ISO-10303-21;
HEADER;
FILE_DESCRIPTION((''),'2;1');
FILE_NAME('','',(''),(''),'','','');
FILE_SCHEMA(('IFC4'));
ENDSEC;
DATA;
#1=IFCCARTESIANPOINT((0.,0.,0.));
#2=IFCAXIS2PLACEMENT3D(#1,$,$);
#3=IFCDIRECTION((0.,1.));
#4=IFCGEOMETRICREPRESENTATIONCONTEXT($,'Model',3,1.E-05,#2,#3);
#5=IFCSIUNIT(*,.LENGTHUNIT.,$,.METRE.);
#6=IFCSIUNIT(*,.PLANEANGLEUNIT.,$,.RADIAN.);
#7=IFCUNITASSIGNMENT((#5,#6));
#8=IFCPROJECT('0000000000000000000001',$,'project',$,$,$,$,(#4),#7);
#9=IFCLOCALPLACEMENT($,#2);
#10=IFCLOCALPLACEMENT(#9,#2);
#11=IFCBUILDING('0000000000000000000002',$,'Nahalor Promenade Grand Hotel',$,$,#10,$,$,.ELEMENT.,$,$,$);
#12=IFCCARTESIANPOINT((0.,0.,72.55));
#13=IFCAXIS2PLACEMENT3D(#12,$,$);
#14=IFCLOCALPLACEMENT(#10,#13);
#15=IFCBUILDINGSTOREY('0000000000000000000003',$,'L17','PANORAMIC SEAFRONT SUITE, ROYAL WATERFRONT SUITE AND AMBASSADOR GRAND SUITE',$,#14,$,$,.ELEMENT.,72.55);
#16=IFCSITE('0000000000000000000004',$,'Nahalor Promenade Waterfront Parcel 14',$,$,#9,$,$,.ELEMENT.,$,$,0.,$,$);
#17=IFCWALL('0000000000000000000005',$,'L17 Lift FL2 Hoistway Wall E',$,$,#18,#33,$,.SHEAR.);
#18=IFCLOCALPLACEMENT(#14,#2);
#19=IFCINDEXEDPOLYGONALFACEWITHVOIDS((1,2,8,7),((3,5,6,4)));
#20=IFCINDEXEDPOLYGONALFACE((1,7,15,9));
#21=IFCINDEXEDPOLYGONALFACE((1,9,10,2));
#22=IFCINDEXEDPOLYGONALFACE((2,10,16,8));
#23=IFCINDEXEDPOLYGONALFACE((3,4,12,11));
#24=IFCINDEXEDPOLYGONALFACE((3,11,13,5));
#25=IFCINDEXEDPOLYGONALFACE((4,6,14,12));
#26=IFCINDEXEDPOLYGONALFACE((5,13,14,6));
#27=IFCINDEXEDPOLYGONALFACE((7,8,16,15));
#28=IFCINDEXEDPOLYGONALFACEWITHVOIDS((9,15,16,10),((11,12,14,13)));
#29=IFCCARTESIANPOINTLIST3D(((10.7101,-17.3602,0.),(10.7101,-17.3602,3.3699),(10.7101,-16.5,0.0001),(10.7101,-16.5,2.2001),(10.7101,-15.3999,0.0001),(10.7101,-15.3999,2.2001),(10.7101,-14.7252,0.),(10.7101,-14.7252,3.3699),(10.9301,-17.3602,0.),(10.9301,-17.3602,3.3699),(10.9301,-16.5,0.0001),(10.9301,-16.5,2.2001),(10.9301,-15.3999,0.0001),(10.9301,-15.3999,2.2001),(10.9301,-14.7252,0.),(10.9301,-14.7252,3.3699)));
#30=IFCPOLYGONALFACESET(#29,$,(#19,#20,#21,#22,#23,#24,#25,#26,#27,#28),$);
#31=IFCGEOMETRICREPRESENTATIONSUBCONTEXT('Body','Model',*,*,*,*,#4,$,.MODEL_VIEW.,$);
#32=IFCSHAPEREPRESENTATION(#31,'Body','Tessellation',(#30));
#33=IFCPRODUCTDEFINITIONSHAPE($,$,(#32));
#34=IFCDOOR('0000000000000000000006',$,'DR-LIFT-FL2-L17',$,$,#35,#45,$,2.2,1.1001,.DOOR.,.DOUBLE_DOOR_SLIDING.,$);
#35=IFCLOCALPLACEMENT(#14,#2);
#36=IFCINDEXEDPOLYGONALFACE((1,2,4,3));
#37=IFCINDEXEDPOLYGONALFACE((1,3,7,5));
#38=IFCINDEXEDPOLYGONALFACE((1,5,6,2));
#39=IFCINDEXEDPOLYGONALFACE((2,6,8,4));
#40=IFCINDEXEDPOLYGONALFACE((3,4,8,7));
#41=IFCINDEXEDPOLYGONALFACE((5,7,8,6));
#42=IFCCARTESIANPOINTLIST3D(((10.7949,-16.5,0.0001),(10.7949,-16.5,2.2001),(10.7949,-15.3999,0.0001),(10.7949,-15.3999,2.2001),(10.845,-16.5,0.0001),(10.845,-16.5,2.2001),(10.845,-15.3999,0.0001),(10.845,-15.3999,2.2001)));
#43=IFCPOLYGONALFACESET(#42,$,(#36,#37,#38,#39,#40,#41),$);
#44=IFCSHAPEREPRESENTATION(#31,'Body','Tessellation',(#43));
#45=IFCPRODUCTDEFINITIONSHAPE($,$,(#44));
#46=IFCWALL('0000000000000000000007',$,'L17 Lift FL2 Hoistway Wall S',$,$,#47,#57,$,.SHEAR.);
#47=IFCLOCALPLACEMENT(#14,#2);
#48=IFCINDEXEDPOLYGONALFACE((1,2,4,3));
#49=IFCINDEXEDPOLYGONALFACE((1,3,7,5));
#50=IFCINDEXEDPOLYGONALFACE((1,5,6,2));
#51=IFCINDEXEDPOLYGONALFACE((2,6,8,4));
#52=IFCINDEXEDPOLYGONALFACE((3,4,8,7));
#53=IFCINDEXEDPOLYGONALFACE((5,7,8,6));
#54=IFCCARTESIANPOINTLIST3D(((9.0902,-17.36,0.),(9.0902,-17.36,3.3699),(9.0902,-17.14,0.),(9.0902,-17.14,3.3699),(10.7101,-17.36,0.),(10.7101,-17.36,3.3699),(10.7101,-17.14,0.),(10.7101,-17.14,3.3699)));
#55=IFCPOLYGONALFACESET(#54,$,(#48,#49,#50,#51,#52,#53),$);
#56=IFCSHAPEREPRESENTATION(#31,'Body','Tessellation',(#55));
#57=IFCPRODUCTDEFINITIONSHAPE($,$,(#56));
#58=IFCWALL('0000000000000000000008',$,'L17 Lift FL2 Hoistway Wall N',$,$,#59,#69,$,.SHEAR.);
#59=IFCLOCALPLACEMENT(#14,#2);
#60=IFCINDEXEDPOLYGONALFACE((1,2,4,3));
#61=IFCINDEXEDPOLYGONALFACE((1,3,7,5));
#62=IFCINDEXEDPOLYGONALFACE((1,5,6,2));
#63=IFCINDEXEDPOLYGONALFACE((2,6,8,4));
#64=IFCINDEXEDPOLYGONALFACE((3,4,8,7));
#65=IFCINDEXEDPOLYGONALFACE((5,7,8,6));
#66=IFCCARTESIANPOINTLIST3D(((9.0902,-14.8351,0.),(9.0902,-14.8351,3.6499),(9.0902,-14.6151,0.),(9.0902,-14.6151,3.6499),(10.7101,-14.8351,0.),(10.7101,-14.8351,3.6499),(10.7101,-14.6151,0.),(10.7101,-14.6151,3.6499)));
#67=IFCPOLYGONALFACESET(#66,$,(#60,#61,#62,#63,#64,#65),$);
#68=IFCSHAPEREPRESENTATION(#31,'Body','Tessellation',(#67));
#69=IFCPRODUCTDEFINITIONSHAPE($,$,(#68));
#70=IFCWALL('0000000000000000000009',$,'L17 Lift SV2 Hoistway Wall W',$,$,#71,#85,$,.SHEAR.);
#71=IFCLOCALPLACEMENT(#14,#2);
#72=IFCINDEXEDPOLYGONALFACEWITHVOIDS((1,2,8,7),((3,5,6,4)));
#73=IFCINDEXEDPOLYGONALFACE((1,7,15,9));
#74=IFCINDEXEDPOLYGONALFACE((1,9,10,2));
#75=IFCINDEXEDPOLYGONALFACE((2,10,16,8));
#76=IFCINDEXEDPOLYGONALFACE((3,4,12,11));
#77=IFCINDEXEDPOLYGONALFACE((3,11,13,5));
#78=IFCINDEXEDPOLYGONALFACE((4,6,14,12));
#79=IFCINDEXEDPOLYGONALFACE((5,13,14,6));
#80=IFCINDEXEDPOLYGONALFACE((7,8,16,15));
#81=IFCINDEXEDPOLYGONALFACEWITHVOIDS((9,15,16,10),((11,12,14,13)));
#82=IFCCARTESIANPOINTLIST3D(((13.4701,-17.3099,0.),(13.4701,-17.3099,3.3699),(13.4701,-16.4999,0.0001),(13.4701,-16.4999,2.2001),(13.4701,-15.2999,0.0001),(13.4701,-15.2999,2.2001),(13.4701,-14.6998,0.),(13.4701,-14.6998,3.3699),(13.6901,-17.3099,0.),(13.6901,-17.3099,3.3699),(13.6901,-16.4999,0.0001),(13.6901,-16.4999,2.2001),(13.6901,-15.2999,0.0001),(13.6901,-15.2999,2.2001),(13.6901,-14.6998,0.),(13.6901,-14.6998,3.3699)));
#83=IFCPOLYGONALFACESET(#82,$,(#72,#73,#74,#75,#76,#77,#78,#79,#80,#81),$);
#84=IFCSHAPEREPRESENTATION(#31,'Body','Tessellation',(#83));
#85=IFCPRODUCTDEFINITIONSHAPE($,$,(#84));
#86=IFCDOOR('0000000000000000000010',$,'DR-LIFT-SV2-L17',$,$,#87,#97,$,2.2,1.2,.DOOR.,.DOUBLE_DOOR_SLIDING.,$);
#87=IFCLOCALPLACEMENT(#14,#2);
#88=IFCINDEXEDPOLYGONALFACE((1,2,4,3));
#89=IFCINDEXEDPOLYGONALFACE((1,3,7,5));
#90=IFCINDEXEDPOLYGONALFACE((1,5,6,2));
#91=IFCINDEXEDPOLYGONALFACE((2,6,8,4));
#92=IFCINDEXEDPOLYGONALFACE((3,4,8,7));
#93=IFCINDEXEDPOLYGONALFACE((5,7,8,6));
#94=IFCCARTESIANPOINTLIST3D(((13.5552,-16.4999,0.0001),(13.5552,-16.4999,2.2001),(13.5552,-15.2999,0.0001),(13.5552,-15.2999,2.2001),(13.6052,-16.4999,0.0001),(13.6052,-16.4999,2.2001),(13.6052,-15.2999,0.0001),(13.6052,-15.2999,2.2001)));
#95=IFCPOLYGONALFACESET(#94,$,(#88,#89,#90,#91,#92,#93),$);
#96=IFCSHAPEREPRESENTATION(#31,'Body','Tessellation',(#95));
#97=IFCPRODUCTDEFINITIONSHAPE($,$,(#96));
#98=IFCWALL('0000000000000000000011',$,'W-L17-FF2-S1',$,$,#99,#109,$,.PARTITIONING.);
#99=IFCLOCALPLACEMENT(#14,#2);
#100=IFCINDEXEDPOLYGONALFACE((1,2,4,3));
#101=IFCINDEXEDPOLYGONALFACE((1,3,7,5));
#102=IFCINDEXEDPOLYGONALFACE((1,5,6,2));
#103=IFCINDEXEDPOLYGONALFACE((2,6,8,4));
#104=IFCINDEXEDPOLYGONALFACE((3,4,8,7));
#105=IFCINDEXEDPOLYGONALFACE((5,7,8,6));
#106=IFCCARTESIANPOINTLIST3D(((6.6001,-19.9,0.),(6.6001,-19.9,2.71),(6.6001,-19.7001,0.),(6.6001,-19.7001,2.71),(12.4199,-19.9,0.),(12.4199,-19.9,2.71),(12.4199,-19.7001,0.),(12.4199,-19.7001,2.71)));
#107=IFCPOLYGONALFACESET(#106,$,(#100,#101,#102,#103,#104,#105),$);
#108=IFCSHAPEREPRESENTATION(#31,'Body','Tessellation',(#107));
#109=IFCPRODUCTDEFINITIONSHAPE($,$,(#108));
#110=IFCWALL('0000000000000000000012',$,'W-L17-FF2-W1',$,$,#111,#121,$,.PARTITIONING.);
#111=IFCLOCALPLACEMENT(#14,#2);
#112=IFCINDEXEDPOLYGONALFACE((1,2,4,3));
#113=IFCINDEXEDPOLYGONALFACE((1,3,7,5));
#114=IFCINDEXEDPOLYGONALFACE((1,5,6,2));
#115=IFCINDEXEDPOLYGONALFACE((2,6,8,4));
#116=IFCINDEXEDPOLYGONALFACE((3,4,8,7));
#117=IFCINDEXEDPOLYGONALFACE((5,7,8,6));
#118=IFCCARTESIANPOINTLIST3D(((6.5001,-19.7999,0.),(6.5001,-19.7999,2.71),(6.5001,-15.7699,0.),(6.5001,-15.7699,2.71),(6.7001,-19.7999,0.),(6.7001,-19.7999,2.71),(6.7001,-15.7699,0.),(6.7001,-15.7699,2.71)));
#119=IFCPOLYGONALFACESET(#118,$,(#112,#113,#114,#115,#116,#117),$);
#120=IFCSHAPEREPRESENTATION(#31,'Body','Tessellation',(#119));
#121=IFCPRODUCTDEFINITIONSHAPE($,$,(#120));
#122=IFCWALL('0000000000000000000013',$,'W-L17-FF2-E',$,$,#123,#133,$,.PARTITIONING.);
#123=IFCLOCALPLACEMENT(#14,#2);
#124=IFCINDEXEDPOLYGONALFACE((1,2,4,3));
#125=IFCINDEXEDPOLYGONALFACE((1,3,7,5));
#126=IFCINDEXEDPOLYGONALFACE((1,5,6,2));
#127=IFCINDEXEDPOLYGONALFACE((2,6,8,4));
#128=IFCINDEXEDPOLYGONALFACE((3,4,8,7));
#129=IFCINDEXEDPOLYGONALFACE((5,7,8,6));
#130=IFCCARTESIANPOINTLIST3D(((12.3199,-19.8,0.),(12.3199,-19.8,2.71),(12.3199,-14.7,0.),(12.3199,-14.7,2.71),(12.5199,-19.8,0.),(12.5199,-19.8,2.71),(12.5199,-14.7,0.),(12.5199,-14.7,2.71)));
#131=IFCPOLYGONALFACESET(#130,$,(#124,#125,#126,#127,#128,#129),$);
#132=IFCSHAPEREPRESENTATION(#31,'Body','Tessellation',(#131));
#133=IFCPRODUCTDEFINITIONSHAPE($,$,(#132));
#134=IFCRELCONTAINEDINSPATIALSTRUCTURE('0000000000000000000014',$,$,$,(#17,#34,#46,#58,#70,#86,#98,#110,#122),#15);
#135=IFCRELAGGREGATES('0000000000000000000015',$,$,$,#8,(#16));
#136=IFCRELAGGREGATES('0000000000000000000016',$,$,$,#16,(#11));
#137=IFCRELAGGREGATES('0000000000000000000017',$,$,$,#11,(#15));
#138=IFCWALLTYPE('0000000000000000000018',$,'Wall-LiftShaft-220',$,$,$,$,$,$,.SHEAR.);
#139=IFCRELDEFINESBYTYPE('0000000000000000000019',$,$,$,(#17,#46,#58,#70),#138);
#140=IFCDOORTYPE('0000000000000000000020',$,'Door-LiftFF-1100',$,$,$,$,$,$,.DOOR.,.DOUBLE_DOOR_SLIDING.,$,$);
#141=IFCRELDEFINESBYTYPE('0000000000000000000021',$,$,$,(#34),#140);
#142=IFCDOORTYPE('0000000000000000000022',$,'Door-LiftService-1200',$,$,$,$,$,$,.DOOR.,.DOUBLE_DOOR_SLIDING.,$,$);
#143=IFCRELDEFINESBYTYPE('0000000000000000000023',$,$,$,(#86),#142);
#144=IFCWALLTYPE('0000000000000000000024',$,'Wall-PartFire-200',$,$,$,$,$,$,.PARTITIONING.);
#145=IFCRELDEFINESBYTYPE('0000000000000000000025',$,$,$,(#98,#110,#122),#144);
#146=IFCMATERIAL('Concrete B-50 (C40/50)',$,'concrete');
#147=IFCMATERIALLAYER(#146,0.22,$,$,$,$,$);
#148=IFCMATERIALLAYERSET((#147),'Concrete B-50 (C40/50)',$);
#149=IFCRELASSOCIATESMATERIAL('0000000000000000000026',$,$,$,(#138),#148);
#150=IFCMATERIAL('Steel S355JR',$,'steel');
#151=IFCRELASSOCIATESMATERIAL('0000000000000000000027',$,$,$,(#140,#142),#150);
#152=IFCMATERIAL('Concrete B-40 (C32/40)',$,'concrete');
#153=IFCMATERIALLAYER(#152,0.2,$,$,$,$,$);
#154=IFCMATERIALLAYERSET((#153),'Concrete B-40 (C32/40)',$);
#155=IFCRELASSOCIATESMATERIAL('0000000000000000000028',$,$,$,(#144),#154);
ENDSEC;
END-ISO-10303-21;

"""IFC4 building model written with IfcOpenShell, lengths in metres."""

from ifc_helpers import new_model, si_unit, direction, frame, frame_2d, origin, place, context, subcontext, project, spatial, rectangle, extrude, source, transform, mapped, material, layer, layer_set, type_object, element, fill, save


model = new_model("IFC4")

# Units and contexts
model_context = context("Model", 3, precision=1e-05, world=origin(), true_north=direction((0.0, 1.0)))
body_context = subcontext(model_context, "Body", "Model", "MODEL_VIEW")
ifc_project = project(units=[si_unit("LENGTHUNIT", "METRE"), si_unit("PLANEANGLEUNIT", "RADIAN")], contexts=[model_context])

# Site, building, storey
site_placement = place(None, origin())
site = spatial("IfcSite", under=ifc_project, at=site_placement, Name="Nahalor Promenade Waterfront Parcel 14", CompositionType="ELEMENT", RefElevation=0.0)
building_placement = place(site_placement, origin())
building = spatial("IfcBuilding", under=site, at=building_placement, Name="Nahalor Promenade Grand Hotel", CompositionType="ELEMENT")
storey_placement = place(building_placement, frame((0.0, 0.0, 72.55)))
storey = spatial("IfcBuildingStorey", under=building, at=storey_placement, Name="L17", Description="PANORAMIC SEAFRONT SUITE, ROYAL WATERFRONT SUITE AND AMBASSADOR GRAND SUITE", CompositionType="ELEMENT", Elevation=72.55)

# Shared definitions
ifc_material_1 = material(Name="Steel S355JR", Category="steel")

# Shared definitions
ifc_material_2 = material(Name="Concrete B-50 (C40/50)", Category="concrete")

# Shared definitions
ifc_layer_1 = layer(ifc_material_2, 0.22)
ifc_layer_set_1 = layer_set([ifc_layer_1], Name="Concrete B-50 (C40/50)")
wall_type_1 = type_object("IfcWallType", Name="Wall-LiftShaft-220", PredefinedType="SHEAR", material=ifc_layer_set_1)
shared_shape_1 = source(origin(), body_context, "Body", "SweptSolid", [
    extrude(rectangle(XDim=2.635, YDim=0.22, at=frame_2d((1.3174, 0.0))), origin(), (0.0, 0.0, 1.0), 3.3699),
])

# Wall, opening, door
wall_1_placement = place(storey_placement, frame((10.8201, -17.3601, 0.0), z_axis=(0.0, 0.0, 1.0), x_axis=(0.0, 1.0, 0.0)))
wall_1 = element("IfcWall", 1, at=wall_1_placement, inside=storey, type_object=wall_type_1, Name="L17 Lift FL2 Hoistway Wall E", PredefinedType="SHEAR", context=body_context, shape_type="MappedRepresentation", body=[
    mapped(shared_shape_1, transform((0.0, 0.0, 0.0), scale=1.0)),
])
opening_1_placement = place(wall_1_placement, frame((0.8601, 0.0, 0.0)))
opening_1 = element("IfcOpeningElement", 2, at=opening_1_placement, cuts=wall_1, PredefinedType="OPENING", context=body_context, shape_type="SweptSolid", body=[
    extrude(rectangle(XDim=1.1001, YDim=2.2, at=frame_2d((0.55, 1.1001))), frame((0.0, 0.1199, 0.0), z_axis=(0.0, -1.0, 0.0), x_axis=(1.0, 0.0, 0.0)), (0.0, 0.0, 1.0), 0.24),
])
door_type_1 = type_object("IfcDoorType", Name="Door-LiftFF-1100", OperationType="DOUBLE_DOOR_SLIDING", PredefinedType="DOOR", material=ifc_material_1)
shared_shape_2 = source(origin(), body_context, "Body", "SweptSolid", [
    extrude(rectangle(XDim=1.1001, YDim=2.2, at=frame_2d((0.55, 1.1001))), frame((0.0, 0.0249, 0.0), z_axis=(0.0, -1.0, 0.0), x_axis=(1.0, 0.0, 0.0)), (0.0, 0.0, 1.0), 0.05),
])
door_1_placement = place(opening_1_placement, frame((1.1001, 0.0, 0.0), z_axis=(0.0, 0.0, 1.0), x_axis=(-1.0, 0.0, 0.0)))
door_1 = element("IfcDoor", 3, at=door_1_placement, inside=storey, type_object=door_type_1, Name="DR-LIFT-FL2-L17", OperationType="DOUBLE_DOOR_SLIDING", OverallHeight=2.2, OverallWidth=1.1001, PredefinedType="DOOR", context=body_context, shape_type="MappedRepresentation", body=[
    mapped(shared_shape_2, transform((0.0, 0.0, 0.0), scale=1.0)),
])
fill(opening_1, door_1)

# Walls
shared_shape_3 = source(origin(), body_context, "Body", "SweptSolid", [
    extrude(rectangle(XDim=1.6199, YDim=0.22, at=frame_2d((0.8101, 0.0))), origin(), (0.0, 0.0, 1.0), 3.3699),
])
wall_2_placement = place(storey_placement, frame((9.0901, -17.25, 0.0), z_axis=(0.0, 0.0, 1.0), x_axis=(1.0, 0.0, 0.0)))
element("IfcWall", 4, at=wall_2_placement, inside=storey, type_object=wall_type_1, Name="L17 Lift FL2 Hoistway Wall S", PredefinedType="SHEAR", context=body_context, shape_type="MappedRepresentation", body=[
    mapped(shared_shape_3, transform((0.0, 0.0, 0.0), scale=1.0)),
])
shared_shape_4 = source(origin(), body_context, "Body", "SweptSolid", [
    extrude(rectangle(XDim=1.6199, YDim=0.22, at=frame_2d((0.8101, 0.0))), origin(), (0.0, 0.0, 1.0), 3.6499),
])
wall_3_placement = place(storey_placement, frame((9.0901, -14.7251, 0.0), z_axis=(0.0, 0.0, 1.0), x_axis=(1.0, 0.0, 0.0)))
element("IfcWall", 5, at=wall_3_placement, inside=storey, type_object=wall_type_1, Name="L17 Lift FL2 Hoistway Wall N", PredefinedType="SHEAR", context=body_context, shape_type="MappedRepresentation", body=[
    mapped(shared_shape_4, transform((0.0, 0.0, 0.0), scale=1.0)),
])

# Wall, opening, door
shared_shape_5 = source(origin(), body_context, "Body", "SweptSolid", [
    extrude(rectangle(XDim=2.6101, YDim=0.22, at=frame_2d((1.3052, 0.0))), origin(), (0.0, 0.0, 1.0), 3.3699),
])
wall_4_placement = place(storey_placement, frame((13.5801, -17.3101, 0.0), z_axis=(0.0, 0.0, 1.0), x_axis=(0.0, 1.0, 0.0)))
wall_4 = element("IfcWall", 6, at=wall_4_placement, inside=storey, type_object=wall_type_1, Name="L17 Lift SV2 Hoistway Wall W", PredefinedType="SHEAR", context=body_context, shape_type="MappedRepresentation", body=[
    mapped(shared_shape_5, transform((0.0, 0.0, 0.0), scale=1.0)),
])
opening_2_placement = place(wall_4_placement, frame((0.8101, 0.0, 0.0)))
opening_2 = element("IfcOpeningElement", 7, at=opening_2_placement, cuts=wall_4, PredefinedType="OPENING", context=body_context, shape_type="SweptSolid", body=[
    extrude(rectangle(XDim=1.2, YDim=2.2, at=frame_2d((0.6001, 1.1001))), frame((0.0, 0.1199, 0.0), z_axis=(0.0, -1.0, 0.0), x_axis=(1.0, 0.0, 0.0)), (0.0, 0.0, 1.0), 0.24),
])
door_type_2 = type_object("IfcDoorType", Name="Door-LiftService-1200", OperationType="DOUBLE_DOOR_SLIDING", PredefinedType="DOOR", material=ifc_material_1)
shared_shape_6 = source(origin(), body_context, "Body", "SweptSolid", [
    extrude(rectangle(XDim=1.2, YDim=2.2, at=frame_2d((0.6001, 1.1001))), frame((0.0, 0.0249, 0.0), z_axis=(0.0, -1.0, 0.0), x_axis=(1.0, 0.0, 0.0)), (0.0, 0.0, 1.0), 0.05),
])
door_2_placement = place(opening_2_placement, origin())
door_2 = element("IfcDoor", 8, at=door_2_placement, inside=storey, type_object=door_type_2, Name="DR-LIFT-SV2-L17", OperationType="DOUBLE_DOOR_SLIDING", OverallHeight=2.2, OverallWidth=1.2, PredefinedType="DOOR", context=body_context, shape_type="MappedRepresentation", body=[
    mapped(shared_shape_6, transform((0.0, 0.0, 0.0), scale=1.0)),
])
fill(opening_2, door_2)

# Walls
ifc_material_3 = material(Name="Concrete B-40 (C32/40)", Category="concrete")
ifc_layer_2 = layer(ifc_material_3, 0.2)
ifc_layer_set_2 = layer_set([ifc_layer_2], Name="Concrete B-40 (C32/40)")
wall_type_2 = type_object("IfcWallType", Name="Wall-PartFire-200", PredefinedType="PARTITIONING", material=ifc_layer_set_2)
shared_shape_7 = source(origin(), body_context, "Body", "SweptSolid", [
    extrude(rectangle(XDim=5.8198, YDim=0.2, at=frame_2d((2.9099, 0.0))), origin(), (0.0, 0.0, 1.0), 2.71),
])
wall_5_placement = place(storey_placement, frame((6.6001, -19.8, 0.0), z_axis=(0.0, 0.0, 1.0), x_axis=(1.0, 0.0, 0.0)))
element("IfcWall", 9, at=wall_5_placement, inside=storey, type_object=wall_type_2, Name="W-L17-FF2-S1", PredefinedType="PARTITIONING", context=body_context, shape_type="MappedRepresentation", body=[
    mapped(shared_shape_7, transform((0.0, 0.0, 0.0), scale=1.0)),
])
shared_shape_8 = source(origin(), body_context, "Body", "SweptSolid", [
    extrude(rectangle(XDim=4.03, YDim=0.2, at=frame_2d((2.0151, 0.0))), origin(), (0.0, 0.0, 1.0), 2.71),
])
wall_6_placement = place(storey_placement, frame((6.6001, -19.8, 0.0), z_axis=(0.0, 0.0, 1.0), x_axis=(0.0, 1.0, 0.0)))
element("IfcWall", 10, at=wall_6_placement, inside=storey, type_object=wall_type_2, Name="W-L17-FF2-W1", PredefinedType="PARTITIONING", context=body_context, shape_type="MappedRepresentation", body=[
    mapped(shared_shape_8, transform((0.0, 0.0, 0.0), scale=1.0)),
])
shared_shape_9 = source(origin(), body_context, "Body", "SweptSolid", [
    extrude(rectangle(XDim=5.1001, YDim=0.2, at=frame_2d((2.55, 0.0))), origin(), (0.0, 0.0, 1.0), 2.71),
])
wall_7_placement = place(storey_placement, frame((12.4199, -19.8, 0.0), z_axis=(0.0, 0.0, 1.0), x_axis=(0.0, 1.0, 0.0)))
element("IfcWall", 11, at=wall_7_placement, inside=storey, type_object=wall_type_2, Name="W-L17-FF2-E", PredefinedType="PARTITIONING", context=body_context, shape_type="MappedRepresentation", body=[
    mapped(shared_shape_9, transform((0.0, 0.0, 0.0), scale=1.0)),
])

save(model, "model.ifc")
